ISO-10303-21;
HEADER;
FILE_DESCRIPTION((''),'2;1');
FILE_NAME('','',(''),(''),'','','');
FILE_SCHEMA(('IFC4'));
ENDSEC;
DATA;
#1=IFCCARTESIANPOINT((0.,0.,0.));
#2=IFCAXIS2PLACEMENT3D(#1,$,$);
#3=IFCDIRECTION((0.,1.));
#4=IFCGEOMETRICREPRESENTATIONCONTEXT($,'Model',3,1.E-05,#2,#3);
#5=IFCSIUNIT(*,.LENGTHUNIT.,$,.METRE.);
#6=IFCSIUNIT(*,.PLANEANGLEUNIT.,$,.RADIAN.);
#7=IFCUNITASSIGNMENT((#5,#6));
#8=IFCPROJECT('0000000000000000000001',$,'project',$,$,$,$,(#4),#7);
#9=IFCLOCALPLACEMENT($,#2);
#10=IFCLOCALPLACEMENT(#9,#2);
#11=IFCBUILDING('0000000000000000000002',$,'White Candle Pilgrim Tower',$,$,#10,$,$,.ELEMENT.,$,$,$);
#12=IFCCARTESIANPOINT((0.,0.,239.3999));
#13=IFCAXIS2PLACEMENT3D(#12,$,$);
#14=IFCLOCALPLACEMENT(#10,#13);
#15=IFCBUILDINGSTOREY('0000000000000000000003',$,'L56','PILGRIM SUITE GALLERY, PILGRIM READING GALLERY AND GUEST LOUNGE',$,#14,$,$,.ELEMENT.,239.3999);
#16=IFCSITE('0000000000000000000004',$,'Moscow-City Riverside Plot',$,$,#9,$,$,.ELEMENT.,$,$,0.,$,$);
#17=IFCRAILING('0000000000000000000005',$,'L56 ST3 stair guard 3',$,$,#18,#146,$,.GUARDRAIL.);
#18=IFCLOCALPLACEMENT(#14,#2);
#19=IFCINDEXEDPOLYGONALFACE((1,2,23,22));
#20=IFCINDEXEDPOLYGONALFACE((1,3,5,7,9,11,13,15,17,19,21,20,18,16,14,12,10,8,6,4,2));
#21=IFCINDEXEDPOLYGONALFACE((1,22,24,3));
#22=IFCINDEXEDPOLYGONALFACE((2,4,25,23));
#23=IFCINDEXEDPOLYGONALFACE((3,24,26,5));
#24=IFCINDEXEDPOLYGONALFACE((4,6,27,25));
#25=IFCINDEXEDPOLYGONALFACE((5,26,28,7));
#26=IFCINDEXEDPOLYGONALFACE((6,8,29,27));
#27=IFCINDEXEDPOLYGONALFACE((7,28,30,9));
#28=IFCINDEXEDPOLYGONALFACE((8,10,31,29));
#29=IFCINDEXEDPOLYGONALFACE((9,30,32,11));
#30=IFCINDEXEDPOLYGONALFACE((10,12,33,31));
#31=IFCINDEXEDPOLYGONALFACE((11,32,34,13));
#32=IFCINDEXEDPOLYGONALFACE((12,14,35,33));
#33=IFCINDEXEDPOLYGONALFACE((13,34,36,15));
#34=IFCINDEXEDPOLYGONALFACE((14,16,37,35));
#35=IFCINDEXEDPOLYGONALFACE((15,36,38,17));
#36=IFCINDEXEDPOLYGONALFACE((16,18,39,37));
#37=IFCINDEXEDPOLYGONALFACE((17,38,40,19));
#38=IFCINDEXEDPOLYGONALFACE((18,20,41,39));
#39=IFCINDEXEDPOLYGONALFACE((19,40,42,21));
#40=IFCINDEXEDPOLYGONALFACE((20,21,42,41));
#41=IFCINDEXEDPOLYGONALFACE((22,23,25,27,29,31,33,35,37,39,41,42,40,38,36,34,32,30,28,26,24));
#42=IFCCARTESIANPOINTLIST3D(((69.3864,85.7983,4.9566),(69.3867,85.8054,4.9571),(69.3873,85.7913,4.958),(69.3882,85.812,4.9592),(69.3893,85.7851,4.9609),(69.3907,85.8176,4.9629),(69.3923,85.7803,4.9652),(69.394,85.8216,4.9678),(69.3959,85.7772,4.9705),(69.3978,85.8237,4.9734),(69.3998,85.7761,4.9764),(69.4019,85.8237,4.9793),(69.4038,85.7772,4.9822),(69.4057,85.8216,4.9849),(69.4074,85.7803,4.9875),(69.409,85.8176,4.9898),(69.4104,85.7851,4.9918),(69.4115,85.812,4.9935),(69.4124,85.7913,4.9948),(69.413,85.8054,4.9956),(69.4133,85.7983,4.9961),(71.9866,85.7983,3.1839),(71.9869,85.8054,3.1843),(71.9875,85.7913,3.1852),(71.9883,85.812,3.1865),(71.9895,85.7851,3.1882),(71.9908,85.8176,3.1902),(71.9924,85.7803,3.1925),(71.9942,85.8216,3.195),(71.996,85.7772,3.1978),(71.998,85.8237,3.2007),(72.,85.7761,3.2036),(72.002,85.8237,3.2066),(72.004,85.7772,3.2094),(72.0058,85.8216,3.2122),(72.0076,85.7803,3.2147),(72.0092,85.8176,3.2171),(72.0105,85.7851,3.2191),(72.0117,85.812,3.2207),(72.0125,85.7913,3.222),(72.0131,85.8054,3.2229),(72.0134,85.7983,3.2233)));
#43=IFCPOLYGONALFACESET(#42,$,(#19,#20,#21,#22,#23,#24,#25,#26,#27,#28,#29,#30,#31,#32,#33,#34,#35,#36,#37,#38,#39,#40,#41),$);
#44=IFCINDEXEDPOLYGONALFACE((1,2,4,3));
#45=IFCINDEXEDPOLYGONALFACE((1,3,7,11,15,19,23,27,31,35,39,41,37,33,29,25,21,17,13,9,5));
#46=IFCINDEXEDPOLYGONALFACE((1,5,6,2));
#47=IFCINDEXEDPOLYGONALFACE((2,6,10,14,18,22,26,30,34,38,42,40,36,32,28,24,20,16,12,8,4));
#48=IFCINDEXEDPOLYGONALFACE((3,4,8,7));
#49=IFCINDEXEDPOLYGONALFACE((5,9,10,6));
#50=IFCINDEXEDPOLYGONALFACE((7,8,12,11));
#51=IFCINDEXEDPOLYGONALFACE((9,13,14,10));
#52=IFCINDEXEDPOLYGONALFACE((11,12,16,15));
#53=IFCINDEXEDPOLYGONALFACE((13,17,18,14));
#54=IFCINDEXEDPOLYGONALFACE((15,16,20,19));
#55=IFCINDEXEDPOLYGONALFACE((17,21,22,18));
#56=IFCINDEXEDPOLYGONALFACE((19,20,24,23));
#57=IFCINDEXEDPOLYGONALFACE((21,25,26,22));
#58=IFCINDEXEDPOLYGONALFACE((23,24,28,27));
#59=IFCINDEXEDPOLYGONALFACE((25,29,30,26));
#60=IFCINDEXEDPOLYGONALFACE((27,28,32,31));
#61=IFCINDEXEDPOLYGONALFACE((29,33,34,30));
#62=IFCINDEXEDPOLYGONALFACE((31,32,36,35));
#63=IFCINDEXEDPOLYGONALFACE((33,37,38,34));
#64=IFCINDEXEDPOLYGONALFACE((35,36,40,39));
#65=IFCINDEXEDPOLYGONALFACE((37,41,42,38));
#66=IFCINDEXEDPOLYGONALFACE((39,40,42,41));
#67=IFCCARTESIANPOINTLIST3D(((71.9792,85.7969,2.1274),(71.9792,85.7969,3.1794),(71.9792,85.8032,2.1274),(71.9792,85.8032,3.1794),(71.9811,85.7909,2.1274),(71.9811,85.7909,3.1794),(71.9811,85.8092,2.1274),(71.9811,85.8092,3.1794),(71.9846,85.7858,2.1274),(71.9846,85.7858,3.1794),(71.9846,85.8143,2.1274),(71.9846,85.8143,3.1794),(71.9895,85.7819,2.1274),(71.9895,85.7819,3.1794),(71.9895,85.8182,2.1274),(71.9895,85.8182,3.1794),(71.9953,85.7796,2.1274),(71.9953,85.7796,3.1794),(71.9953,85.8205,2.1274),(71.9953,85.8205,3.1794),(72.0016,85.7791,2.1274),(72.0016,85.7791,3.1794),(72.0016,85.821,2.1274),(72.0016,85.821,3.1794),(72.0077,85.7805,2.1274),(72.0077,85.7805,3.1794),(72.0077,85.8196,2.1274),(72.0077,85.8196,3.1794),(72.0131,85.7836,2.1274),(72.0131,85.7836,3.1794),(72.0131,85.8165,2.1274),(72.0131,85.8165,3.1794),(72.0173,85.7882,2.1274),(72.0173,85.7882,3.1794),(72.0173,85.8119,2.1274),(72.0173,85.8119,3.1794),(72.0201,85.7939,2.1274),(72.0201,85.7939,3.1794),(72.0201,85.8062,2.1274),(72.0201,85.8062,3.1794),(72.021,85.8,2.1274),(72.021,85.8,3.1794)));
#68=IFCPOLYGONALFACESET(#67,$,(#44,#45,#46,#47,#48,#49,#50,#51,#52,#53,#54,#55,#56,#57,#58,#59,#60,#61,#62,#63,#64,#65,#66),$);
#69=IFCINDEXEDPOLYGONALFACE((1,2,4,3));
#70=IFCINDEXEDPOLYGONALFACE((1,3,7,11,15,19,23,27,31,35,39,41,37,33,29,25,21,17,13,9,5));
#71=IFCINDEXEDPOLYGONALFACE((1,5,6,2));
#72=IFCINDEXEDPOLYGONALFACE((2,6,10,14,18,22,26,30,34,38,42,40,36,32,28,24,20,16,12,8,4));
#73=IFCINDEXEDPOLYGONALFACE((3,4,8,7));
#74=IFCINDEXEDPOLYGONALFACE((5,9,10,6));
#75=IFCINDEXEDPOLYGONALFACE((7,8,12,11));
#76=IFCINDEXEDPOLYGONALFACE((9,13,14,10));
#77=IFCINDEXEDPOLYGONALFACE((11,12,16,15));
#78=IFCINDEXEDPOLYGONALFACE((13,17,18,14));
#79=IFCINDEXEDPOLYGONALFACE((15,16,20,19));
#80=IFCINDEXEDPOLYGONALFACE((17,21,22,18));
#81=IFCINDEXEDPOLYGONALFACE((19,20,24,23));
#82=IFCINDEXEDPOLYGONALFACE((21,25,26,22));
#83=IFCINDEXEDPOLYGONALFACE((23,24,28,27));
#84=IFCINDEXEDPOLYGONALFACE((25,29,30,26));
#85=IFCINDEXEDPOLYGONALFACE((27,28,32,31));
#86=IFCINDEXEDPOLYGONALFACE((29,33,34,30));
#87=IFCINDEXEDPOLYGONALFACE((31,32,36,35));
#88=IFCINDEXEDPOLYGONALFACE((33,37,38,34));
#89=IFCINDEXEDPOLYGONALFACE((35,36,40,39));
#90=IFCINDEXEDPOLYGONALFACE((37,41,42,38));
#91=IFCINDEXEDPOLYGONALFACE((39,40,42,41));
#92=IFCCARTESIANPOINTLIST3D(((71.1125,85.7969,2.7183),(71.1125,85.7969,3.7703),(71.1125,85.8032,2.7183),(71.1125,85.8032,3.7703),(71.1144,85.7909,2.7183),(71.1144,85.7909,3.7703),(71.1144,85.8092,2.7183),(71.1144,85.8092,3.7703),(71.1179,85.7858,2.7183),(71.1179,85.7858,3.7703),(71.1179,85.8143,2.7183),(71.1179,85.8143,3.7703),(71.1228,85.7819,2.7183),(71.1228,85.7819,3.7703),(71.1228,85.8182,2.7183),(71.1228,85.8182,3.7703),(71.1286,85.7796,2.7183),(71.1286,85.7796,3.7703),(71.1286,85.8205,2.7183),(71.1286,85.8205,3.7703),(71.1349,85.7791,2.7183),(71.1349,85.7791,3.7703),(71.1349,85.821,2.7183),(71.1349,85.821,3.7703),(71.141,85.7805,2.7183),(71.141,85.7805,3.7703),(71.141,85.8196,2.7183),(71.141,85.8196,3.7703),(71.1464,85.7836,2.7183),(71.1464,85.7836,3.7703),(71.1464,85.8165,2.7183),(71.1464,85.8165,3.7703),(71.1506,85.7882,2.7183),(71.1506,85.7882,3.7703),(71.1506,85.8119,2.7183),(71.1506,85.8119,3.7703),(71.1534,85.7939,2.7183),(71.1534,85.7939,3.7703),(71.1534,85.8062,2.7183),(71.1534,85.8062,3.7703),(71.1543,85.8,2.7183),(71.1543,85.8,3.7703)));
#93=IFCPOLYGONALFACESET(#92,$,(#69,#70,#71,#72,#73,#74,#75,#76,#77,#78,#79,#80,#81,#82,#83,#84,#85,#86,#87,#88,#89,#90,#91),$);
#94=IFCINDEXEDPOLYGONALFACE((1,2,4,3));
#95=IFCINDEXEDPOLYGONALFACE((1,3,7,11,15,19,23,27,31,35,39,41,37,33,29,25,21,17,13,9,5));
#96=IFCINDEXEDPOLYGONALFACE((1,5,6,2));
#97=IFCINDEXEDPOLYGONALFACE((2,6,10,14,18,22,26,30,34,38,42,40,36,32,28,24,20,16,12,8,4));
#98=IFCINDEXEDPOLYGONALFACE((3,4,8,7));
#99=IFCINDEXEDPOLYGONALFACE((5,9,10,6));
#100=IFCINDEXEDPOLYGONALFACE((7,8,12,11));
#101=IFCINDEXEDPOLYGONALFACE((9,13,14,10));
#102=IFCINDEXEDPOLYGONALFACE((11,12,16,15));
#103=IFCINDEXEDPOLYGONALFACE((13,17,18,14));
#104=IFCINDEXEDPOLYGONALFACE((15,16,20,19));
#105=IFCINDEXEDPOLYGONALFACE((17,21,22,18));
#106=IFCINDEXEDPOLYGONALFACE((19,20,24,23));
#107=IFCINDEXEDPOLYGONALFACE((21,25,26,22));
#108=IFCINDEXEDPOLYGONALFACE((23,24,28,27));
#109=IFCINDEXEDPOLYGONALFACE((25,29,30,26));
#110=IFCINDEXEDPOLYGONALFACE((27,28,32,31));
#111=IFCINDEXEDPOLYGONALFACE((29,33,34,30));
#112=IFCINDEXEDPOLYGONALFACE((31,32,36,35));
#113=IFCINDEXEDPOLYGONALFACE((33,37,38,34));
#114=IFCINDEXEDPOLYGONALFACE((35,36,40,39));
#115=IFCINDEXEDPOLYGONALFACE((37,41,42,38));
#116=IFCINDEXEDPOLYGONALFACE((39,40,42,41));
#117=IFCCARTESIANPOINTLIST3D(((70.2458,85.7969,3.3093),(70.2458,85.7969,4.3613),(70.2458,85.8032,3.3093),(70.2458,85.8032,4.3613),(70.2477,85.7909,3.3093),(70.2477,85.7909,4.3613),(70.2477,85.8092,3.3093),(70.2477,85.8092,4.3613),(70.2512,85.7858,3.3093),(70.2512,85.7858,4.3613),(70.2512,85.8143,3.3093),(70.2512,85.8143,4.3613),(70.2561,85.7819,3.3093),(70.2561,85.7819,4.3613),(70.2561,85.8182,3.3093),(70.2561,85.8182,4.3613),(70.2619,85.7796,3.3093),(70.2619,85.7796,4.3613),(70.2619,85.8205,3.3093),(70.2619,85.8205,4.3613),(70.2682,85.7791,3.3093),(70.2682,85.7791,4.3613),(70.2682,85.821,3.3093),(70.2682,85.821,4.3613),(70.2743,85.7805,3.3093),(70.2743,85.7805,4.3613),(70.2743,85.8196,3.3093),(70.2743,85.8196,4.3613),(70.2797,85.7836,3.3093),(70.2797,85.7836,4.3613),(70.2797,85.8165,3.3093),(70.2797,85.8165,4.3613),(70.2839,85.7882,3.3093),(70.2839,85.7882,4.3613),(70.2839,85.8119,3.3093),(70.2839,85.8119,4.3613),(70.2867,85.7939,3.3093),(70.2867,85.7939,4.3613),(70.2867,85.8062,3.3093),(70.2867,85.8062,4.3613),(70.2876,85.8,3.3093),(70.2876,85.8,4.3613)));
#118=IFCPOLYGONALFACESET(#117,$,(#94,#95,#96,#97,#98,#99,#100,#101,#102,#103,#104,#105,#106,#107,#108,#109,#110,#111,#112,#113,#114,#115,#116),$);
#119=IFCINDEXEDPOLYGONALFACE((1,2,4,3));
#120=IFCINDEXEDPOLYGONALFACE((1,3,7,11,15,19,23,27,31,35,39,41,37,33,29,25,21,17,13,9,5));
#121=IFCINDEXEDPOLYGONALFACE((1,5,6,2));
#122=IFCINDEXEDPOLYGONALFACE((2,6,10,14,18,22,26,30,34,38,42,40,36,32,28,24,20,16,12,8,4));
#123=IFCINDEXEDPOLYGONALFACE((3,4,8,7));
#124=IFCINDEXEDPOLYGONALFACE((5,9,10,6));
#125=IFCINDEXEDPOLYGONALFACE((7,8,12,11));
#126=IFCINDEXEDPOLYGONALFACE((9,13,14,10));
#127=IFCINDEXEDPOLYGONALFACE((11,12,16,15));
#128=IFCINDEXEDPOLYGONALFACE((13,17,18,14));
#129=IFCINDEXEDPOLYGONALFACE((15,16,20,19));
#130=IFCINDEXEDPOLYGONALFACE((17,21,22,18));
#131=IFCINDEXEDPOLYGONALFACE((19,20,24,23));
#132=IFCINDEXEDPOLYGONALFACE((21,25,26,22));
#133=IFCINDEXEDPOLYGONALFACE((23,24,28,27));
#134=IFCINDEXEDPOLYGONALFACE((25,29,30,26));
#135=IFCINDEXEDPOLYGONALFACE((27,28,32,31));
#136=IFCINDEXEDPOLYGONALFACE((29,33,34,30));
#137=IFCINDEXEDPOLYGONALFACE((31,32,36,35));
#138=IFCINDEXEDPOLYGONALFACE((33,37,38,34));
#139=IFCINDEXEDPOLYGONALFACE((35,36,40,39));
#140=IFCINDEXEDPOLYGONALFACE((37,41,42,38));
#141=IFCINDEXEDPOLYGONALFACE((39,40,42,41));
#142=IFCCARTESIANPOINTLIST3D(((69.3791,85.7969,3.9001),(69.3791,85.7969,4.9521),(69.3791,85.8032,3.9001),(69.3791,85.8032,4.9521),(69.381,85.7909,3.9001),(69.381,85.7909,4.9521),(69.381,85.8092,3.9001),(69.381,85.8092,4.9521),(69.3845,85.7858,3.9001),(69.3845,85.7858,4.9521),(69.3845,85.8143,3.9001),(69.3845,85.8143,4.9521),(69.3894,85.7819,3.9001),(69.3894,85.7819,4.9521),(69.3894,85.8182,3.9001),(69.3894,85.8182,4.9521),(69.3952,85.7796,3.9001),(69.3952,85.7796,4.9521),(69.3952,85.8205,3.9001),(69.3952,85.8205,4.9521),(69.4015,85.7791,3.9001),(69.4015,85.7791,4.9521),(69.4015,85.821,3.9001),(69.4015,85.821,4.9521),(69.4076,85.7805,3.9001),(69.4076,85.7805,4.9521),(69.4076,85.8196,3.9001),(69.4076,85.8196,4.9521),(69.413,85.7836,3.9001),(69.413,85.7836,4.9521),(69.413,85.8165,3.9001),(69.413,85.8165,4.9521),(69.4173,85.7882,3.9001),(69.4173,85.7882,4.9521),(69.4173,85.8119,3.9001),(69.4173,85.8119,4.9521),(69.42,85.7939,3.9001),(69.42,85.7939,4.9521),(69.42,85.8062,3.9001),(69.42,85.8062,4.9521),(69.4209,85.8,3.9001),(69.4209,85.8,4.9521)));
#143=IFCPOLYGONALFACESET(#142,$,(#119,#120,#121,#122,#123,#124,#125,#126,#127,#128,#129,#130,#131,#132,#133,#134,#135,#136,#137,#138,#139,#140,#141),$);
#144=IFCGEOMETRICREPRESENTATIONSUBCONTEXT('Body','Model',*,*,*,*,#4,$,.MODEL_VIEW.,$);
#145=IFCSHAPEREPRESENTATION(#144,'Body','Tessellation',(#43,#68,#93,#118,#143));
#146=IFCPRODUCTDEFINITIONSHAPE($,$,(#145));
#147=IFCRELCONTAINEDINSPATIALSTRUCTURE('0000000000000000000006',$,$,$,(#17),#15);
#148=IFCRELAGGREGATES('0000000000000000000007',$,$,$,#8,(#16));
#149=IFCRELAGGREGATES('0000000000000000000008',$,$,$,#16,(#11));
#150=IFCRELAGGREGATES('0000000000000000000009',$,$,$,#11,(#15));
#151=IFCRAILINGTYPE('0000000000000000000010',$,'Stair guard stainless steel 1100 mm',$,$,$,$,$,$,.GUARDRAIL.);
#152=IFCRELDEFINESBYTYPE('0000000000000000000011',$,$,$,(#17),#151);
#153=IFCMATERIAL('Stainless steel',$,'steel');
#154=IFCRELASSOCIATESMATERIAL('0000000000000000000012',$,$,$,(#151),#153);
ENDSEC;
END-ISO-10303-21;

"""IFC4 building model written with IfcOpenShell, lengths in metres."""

from ifc_helpers import new_model, si_unit, direction, frame, origin, origin_2d, place, context, subcontext, project, spatial, circle, extrude, material, type_object, element, save


model = new_model("IFC4")

# Units and contexts
model_context = context("Model", 3, precision=1e-05, world=origin(), true_north=direction((0.0, 1.0)))
body_context = subcontext(model_context, "Body", "Model", "MODEL_VIEW")
ifc_project = project(units=[si_unit("LENGTHUNIT", "METRE"), si_unit("PLANEANGLEUNIT", "RADIAN")], contexts=[model_context])

# Site, building, storey
site_placement = place(None, origin())
site = spatial("IfcSite", under=ifc_project, at=site_placement, Name="Moscow-City Riverside Plot", CompositionType="ELEMENT", RefElevation=0.0)
building_placement = place(site_placement, origin())
building = spatial("IfcBuilding", under=site, at=building_placement, Name="White Candle Pilgrim Tower", CompositionType="ELEMENT")
storey_placement = place(building_placement, frame((0.0, 0.0, 239.3999)))
storey = spatial("IfcBuildingStorey", under=building, at=storey_placement, Name="L56", Description="PILGRIM SUITE GALLERY, PILGRIM READING GALLERY AND GUEST LOUNGE", CompositionType="ELEMENT", Elevation=239.3999)

# Shared definitions
ifc_material_1 = material(Name="Stainless steel", Category="steel")

# Railing
railing_type_1 = type_object("IfcRailingType", Name="Stair guard stainless steel 1100 mm", PredefinedType="GUARDRAIL", material=ifc_material_1)
railing_1_placement = place(storey_placement, frame((72.0, 85.8, 2.1274)))
element("IfcRailing", 1, at=railing_1_placement, inside=storey, type_object=railing_type_1, Name="L56 ST3 stair guard 3", PredefinedType="GUARDRAIL", context=body_context, shape_type="SweptSolid", body=[
    extrude(circle(Radius=0.0239, at=origin_2d()), frame((0.0, 0.0, 1.0762), z_axis=(-0.82624, 0.0, 0.563318), x_axis=(0.0, -1.0, 0.0)), (0.0, 0.0, 1.0), 3.147),
    extrude(circle(Radius=0.021, at=origin_2d()), origin(), (0.0, 0.0, 1.0), 1.052),
    extrude(circle(Radius=0.021, at=origin_2d()), frame((-0.8667, 0.0, 0.5908)), (0.0, 0.0, 1.0), 1.052),
    extrude(circle(Radius=0.021, at=origin_2d()), frame((-1.7334, 0.0, 1.1819)), (0.0, 0.0, 1.0), 1.052),
    extrude(circle(Radius=0.021, at=origin_2d()), frame((-2.6001, 0.0, 1.7727)), (0.0, 0.0, 1.0), 1.052),
])

save(model, "model.ifc")
